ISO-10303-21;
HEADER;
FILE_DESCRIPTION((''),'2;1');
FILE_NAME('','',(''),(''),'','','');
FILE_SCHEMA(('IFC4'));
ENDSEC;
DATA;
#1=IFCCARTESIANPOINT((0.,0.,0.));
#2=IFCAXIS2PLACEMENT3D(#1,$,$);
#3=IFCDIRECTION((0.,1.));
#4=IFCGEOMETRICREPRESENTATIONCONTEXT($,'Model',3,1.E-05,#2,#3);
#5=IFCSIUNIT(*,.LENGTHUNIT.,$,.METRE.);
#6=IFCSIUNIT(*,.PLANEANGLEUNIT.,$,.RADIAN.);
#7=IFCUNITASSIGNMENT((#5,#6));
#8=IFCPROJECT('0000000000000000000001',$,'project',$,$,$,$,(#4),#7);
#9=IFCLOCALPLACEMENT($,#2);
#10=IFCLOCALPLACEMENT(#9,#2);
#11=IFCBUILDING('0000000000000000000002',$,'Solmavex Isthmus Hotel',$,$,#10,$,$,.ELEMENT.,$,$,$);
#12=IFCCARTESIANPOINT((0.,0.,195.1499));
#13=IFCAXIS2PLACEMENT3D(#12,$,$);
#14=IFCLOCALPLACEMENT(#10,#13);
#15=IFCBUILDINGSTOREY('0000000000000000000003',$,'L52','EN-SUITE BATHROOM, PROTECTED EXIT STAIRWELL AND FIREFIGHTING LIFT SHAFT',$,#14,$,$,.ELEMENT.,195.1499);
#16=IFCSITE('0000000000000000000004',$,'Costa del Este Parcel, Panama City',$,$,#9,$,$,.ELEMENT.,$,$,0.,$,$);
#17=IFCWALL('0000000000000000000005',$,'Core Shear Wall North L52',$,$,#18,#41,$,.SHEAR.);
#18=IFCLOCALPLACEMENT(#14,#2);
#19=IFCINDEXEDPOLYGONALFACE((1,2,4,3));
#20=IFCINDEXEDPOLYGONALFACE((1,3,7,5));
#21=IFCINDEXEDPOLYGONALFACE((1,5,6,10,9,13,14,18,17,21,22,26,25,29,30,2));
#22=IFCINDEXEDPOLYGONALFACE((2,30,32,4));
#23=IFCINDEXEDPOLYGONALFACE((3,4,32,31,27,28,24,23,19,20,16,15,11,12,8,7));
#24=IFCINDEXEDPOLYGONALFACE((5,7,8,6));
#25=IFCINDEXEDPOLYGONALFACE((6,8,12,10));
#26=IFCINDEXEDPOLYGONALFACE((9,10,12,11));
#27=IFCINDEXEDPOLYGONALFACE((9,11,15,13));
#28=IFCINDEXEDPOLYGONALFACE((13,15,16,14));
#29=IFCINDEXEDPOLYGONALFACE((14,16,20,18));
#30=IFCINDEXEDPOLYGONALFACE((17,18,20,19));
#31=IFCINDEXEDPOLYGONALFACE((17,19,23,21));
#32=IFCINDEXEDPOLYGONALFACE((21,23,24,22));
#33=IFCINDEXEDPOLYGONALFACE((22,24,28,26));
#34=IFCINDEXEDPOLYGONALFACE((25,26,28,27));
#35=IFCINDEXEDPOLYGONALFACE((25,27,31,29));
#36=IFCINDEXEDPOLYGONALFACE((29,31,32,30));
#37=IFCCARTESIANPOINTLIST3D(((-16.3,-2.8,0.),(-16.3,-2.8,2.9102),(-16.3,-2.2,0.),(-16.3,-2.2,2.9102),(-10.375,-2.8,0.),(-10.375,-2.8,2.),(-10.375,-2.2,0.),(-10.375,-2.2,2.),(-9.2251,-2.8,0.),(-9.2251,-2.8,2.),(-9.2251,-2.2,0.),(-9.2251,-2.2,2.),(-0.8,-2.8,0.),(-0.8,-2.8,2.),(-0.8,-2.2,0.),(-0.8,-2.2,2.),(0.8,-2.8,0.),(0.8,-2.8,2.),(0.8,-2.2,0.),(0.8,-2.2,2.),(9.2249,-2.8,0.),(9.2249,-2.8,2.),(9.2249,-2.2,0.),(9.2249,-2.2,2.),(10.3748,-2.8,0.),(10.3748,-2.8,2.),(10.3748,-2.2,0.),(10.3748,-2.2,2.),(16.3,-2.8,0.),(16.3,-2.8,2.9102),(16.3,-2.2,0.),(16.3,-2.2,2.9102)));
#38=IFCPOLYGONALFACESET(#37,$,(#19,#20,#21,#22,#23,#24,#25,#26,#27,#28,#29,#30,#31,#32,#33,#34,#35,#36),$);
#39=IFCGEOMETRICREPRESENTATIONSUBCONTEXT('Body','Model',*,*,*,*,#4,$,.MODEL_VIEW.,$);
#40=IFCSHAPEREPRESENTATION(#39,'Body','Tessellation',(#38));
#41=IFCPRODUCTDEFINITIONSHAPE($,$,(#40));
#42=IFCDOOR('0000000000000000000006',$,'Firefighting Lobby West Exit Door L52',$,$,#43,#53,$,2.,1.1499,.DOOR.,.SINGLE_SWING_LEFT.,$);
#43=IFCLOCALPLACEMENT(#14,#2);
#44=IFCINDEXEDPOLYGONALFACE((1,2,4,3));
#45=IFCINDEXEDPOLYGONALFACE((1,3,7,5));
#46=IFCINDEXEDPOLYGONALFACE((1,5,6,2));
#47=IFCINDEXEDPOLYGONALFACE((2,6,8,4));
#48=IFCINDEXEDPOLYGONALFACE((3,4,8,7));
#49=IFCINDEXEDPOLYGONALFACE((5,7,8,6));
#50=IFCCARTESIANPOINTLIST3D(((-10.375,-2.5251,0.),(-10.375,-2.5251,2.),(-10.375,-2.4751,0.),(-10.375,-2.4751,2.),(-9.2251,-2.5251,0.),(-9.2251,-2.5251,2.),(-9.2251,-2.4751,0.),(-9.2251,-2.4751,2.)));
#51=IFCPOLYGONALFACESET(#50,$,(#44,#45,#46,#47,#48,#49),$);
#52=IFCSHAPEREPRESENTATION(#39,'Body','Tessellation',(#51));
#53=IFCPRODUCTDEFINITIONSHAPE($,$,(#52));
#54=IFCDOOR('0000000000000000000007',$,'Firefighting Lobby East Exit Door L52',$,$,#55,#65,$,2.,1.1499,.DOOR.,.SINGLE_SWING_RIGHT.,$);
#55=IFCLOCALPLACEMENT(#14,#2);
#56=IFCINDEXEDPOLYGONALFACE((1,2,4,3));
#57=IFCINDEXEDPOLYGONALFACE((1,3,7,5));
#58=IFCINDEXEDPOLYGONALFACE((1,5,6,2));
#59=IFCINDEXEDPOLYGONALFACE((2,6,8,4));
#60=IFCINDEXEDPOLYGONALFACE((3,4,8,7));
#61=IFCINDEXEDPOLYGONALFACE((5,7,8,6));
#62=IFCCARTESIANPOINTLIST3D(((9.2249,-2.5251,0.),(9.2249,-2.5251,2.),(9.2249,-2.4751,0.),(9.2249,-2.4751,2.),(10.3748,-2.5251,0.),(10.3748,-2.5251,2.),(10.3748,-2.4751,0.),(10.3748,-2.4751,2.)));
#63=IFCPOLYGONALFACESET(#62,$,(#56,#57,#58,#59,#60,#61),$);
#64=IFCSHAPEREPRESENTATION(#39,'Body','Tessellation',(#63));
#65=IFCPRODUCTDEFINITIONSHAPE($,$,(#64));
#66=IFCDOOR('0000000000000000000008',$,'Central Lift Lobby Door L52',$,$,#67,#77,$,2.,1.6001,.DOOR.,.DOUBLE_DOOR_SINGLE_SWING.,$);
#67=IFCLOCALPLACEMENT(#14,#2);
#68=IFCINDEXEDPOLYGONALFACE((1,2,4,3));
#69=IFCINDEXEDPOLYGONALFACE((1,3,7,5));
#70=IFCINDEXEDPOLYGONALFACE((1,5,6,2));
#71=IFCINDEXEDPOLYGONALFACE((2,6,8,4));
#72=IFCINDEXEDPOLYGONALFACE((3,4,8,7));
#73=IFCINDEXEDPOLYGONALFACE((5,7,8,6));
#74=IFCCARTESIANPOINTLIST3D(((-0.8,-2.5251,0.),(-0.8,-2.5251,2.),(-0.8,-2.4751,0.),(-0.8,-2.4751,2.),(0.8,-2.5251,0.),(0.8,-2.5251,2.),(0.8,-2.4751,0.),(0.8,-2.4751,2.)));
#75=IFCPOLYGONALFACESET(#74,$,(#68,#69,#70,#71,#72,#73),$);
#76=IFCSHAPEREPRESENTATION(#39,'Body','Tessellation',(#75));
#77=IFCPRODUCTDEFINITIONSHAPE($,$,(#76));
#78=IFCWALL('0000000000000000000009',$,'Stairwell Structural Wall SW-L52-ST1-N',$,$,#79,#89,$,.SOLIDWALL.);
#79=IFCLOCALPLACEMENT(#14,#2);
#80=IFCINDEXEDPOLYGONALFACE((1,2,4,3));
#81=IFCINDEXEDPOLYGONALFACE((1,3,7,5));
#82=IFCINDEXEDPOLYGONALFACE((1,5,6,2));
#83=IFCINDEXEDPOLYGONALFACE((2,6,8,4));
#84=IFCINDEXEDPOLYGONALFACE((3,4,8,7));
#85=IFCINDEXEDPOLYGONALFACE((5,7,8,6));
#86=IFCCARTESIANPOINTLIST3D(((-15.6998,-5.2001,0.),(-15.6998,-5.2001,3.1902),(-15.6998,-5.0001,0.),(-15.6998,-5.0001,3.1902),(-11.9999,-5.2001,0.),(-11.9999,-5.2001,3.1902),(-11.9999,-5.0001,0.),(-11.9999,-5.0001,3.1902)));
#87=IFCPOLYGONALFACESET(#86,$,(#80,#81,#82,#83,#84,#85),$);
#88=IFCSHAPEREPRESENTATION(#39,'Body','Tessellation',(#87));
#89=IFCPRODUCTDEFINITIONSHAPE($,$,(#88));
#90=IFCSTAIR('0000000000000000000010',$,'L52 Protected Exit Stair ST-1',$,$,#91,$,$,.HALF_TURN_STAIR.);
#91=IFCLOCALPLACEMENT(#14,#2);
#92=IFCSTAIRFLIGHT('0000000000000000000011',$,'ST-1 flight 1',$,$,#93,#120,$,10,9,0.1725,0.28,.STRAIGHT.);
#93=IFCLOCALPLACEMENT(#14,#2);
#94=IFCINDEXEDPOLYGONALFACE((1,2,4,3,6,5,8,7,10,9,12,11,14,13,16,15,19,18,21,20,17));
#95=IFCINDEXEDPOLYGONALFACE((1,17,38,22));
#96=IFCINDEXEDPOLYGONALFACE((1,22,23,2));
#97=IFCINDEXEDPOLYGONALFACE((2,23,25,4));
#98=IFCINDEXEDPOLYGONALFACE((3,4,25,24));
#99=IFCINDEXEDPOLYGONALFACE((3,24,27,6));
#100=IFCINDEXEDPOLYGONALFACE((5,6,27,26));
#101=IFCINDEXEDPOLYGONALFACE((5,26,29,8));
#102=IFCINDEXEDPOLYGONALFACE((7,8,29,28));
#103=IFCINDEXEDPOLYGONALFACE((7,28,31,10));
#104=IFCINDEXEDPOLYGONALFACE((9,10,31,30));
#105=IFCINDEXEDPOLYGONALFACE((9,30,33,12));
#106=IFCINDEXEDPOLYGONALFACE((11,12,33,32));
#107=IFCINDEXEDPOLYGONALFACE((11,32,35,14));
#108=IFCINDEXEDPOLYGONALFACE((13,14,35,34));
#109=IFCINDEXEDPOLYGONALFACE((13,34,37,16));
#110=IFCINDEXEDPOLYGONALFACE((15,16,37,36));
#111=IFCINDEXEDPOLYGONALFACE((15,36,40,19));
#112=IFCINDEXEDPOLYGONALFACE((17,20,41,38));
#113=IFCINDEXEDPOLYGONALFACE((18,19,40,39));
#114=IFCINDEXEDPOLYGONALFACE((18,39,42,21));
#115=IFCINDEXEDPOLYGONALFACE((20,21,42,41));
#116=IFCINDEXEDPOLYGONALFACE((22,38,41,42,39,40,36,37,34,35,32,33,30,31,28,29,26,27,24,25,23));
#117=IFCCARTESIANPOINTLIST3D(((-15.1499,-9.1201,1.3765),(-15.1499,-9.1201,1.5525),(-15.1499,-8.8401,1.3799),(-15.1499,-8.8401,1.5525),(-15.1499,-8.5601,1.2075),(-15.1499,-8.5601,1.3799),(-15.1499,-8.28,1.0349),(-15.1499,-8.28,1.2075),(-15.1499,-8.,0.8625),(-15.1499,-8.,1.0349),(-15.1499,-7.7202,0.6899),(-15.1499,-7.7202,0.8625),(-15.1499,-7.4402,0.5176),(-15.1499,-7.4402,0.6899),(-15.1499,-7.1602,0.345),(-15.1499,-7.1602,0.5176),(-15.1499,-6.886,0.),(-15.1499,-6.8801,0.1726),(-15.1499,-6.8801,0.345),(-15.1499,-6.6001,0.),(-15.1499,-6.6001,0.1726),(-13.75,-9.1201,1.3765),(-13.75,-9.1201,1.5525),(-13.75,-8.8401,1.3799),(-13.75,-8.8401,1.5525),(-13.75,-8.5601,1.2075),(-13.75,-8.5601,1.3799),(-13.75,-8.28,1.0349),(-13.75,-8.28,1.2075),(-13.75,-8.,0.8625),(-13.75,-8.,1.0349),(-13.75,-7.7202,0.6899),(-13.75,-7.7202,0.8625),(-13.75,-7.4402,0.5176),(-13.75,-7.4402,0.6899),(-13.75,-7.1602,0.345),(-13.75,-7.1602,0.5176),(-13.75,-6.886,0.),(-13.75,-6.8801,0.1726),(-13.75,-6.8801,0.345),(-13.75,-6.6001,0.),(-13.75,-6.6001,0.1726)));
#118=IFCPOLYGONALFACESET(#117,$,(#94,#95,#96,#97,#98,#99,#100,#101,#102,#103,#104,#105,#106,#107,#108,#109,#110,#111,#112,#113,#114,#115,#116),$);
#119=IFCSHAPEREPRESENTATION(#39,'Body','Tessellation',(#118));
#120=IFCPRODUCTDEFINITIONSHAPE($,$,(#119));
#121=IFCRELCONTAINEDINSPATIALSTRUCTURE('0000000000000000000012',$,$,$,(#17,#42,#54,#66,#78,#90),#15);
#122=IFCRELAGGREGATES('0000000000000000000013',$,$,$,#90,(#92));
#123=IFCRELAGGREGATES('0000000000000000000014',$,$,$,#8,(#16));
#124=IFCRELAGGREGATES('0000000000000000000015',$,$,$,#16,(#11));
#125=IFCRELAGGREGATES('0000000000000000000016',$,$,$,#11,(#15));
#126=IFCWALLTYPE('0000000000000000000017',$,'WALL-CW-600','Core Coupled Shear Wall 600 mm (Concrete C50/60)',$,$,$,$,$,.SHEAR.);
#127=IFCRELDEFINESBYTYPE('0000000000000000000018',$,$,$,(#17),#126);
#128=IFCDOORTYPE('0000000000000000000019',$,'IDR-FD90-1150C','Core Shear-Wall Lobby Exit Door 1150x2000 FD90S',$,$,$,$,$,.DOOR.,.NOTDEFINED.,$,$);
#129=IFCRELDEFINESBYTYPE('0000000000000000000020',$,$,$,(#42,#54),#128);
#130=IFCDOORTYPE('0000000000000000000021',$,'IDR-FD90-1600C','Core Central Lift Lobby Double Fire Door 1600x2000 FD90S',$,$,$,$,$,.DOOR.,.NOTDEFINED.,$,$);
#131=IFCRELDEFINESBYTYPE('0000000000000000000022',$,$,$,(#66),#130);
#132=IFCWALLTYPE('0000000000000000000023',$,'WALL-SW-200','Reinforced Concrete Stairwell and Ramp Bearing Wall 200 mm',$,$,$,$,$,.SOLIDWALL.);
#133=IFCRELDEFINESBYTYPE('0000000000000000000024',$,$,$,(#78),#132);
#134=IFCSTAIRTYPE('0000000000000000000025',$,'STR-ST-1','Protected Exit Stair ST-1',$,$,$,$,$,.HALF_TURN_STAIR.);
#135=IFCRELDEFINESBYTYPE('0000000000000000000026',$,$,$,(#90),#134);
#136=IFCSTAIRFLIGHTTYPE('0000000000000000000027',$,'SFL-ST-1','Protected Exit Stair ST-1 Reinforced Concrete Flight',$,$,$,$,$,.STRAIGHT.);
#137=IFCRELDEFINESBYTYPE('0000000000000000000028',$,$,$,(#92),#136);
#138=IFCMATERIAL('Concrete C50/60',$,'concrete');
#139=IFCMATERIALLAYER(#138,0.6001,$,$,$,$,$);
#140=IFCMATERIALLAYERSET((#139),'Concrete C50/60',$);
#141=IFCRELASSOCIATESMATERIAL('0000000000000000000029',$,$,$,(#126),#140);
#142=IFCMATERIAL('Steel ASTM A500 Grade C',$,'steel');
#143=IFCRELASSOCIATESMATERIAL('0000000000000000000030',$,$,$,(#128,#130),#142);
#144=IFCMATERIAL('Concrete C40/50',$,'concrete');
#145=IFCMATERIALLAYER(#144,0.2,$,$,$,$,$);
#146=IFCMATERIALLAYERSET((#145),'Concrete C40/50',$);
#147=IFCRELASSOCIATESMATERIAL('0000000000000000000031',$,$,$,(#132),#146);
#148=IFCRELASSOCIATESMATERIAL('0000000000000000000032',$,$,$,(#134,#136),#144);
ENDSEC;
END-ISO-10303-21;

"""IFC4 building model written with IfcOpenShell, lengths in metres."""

from ifc_helpers import new_model, si_unit, direction, frame, frame_2d, origin, place, context, subcontext, project, spatial, polyline, rectangle, outline, extrude, material, layer, layer_set, type_object, element, fill, aggregate, save


model = new_model("IFC4")

# Units and contexts
model_context = context("Model", 3, precision=1e-05, world=origin(), true_north=direction((0.0, 1.0)))
body_context = subcontext(model_context, "Body", "Model", "MODEL_VIEW")
ifc_project = project(units=[si_unit("LENGTHUNIT", "METRE"), si_unit("PLANEANGLEUNIT", "RADIAN")], contexts=[model_context])

# Site, building, storey
site_placement = place(None, origin())
site = spatial("IfcSite", under=ifc_project, at=site_placement, Name="Costa del Este Parcel, Panama City", CompositionType="ELEMENT", RefElevation=0.0)
building_placement = place(site_placement, origin())
building = spatial("IfcBuilding", under=site, at=building_placement, Name="Solmavex Isthmus Hotel", CompositionType="ELEMENT")
storey_placement = place(building_placement, frame((0.0, 0.0, 195.1499)))
storey = spatial("IfcBuildingStorey", under=building, at=storey_placement, Name="L52", Description="EN-SUITE BATHROOM, PROTECTED EXIT STAIRWELL AND FIREFIGHTING LIFT SHAFT", CompositionType="ELEMENT", Elevation=195.1499)

# Shared definitions
ifc_material_1 = material(Name="Concrete C50/60", Category="concrete")

# Shared definitions
ifc_material_2 = material(Name="Steel ASTM A500 Grade C", Category="steel")

# Wall, openings, doors
ifc_layer_1 = layer(ifc_material_1, 0.6001)
ifc_layer_set_1 = layer_set([ifc_layer_1], Name="Concrete C50/60")
wall_type_1 = type_object("IfcWallType", Name="WALL-CW-600", Description="Core Coupled Shear Wall 600 mm (Concrete C50/60)", PredefinedType="SHEAR", material=ifc_layer_set_1)
wall_1_placement = place(storey_placement, frame((-16.3, -2.5, 0.0), z_axis=(0.0, 0.0, 1.0), x_axis=(1.0, 0.0, 0.0)))
wall_1 = element("IfcWall", 1, at=wall_1_placement, inside=storey, type_object=wall_type_1, Name="Core Shear Wall North L52", PredefinedType="SHEAR", context=body_context, shape_type="SweptSolid", body=[
    extrude(rectangle(XDim=32.6001, YDim=0.6001, at=frame_2d((16.3, 0.0))), origin(), (0.0, 0.0, 1.0), 2.9102),
])
opening_1_placement = place(wall_1_placement, frame((5.925, 0.0, 0.0)))
opening_1 = element("IfcOpeningElement", 2, at=opening_1_placement, cuts=wall_1, PredefinedType="OPENING", context=body_context, shape_type="SweptSolid", body=[
    extrude(rectangle(XDim=1.1499, YDim=2.0, at=frame_2d((0.575, 1.0))), frame((0.0, 0.3101, 0.0), z_axis=(0.0, -1.0, 0.0), x_axis=(1.0, 0.0, 0.0)), (0.0, 0.0, 1.0), 0.6201),
])
opening_2_placement = place(wall_1_placement, frame((15.5, 0.0, 0.0)))
opening_2 = element("IfcOpeningElement", 3, at=opening_2_placement, cuts=wall_1, PredefinedType="OPENING", context=body_context, shape_type="SweptSolid", body=[
    extrude(rectangle(XDim=1.6001, YDim=2.0, at=frame_2d((0.8, 1.0))), frame((0.0, 0.3101, 0.0), z_axis=(0.0, -1.0, 0.0), x_axis=(1.0, 0.0, 0.0)), (0.0, 0.0, 1.0), 0.6201),
])
opening_3_placement = place(wall_1_placement, frame((25.5249, 0.0, 0.0)))
opening_3 = element("IfcOpeningElement", 4, at=opening_3_placement, cuts=wall_1, PredefinedType="OPENING", context=body_context, shape_type="SweptSolid", body=[
    extrude(rectangle(XDim=1.1499, YDim=2.0, at=frame_2d((0.575, 1.0))), frame((0.0, 0.3101, 0.0), z_axis=(0.0, -1.0, 0.0), x_axis=(1.0, 0.0, 0.0)), (0.0, 0.0, 1.0), 0.6201),
])
door_type_1 = type_object("IfcDoorType", Name="IDR-FD90-1150C", Description="Core Shear-Wall Lobby Exit Door 1150x2000 FD90S", OperationType="NOTDEFINED", PredefinedType="DOOR", material=ifc_material_2)
door_1_placement = place(opening_1_placement, origin())
door_1 = element("IfcDoor", 5, at=door_1_placement, inside=storey, type_object=door_type_1, Name="Firefighting Lobby West Exit Door L52", OperationType="SINGLE_SWING_LEFT", OverallHeight=2.0, OverallWidth=1.1499, PredefinedType="DOOR", context=body_context, shape_type="SweptSolid", body=[
    extrude(rectangle(XDim=1.1499, YDim=2.0, at=frame_2d((0.575, 1.0))), frame((0.0, 0.0249, 0.0), z_axis=(0.0, -1.0, 0.0), x_axis=(1.0, 0.0, 0.0)), (0.0, 0.0, 1.0), 0.05),
])
fill(opening_1, door_1)
door_2_placement = place(opening_3_placement, origin())
door_2 = element("IfcDoor", 6, at=door_2_placement, inside=storey, type_object=door_type_1, Name="Firefighting Lobby East Exit Door L52", OperationType="SINGLE_SWING_RIGHT", OverallHeight=2.0, OverallWidth=1.1499, PredefinedType="DOOR", context=body_context, shape_type="SweptSolid", body=[
    extrude(rectangle(XDim=1.1499, YDim=2.0, at=frame_2d((0.575, 1.0))), frame((0.0, 0.0249, 0.0), z_axis=(0.0, -1.0, 0.0), x_axis=(1.0, 0.0, 0.0)), (0.0, 0.0, 1.0), 0.05),
])
fill(opening_3, door_2)
door_type_2 = type_object("IfcDoorType", Name="IDR-FD90-1600C", Description="Core Central Lift Lobby Double Fire Door 1600x2000 FD90S", OperationType="NOTDEFINED", PredefinedType="DOOR", material=ifc_material_2)
door_3_placement = place(opening_2_placement, origin())
door_3 = element("IfcDoor", 7, at=door_3_placement, inside=storey, type_object=door_type_2, Name="Central Lift Lobby Door L52", OperationType="DOUBLE_DOOR_SINGLE_SWING", OverallHeight=2.0, OverallWidth=1.6001, PredefinedType="DOOR", context=body_context, shape_type="SweptSolid", body=[
    extrude(rectangle(XDim=1.6001, YDim=2.0, at=frame_2d((0.8, 1.0))), frame((0.0, 0.0249, 0.0), z_axis=(0.0, -1.0, 0.0), x_axis=(1.0, 0.0, 0.0)), (0.0, 0.0, 1.0), 0.05),
])
fill(opening_2, door_3)

# Wall
ifc_material_3 = material(Name="Concrete C40/50", Category="concrete")
ifc_layer_2 = layer(ifc_material_3, 0.2)
ifc_layer_set_2 = layer_set([ifc_layer_2], Name="Concrete C40/50")
wall_type_2 = type_object("IfcWallType", Name="WALL-SW-200", Description="Reinforced Concrete Stairwell and Ramp Bearing Wall 200 mm", PredefinedType="SOLIDWALL", material=ifc_layer_set_2)
wall_2_placement = place(storey_placement, frame((-15.7, -5.1001, 0.0), z_axis=(0.0, 0.0, 1.0), x_axis=(1.0, 0.0, 0.0)))
element("IfcWall", 8, at=wall_2_placement, inside=storey, type_object=wall_type_2, Name="Stairwell Structural Wall SW-L52-ST1-N", PredefinedType="SOLIDWALL", context=body_context, shape_type="SweptSolid", body=[
    extrude(rectangle(XDim=3.7, YDim=0.2, at=frame_2d((1.8501, 0.0))), origin(), (0.0, 0.0, 1.0), 3.1902),
])

# Stair, stair flight
stair_type = type_object("IfcStairType", Name="STR-ST-1", Description="Protected Exit Stair ST-1", PredefinedType="HALF_TURN_STAIR", material=ifc_material_3)
stair_placement = place(storey_placement, origin())
stair = element("IfcStair", 9, at=stair_placement, inside=storey, type_object=stair_type, Name="L52 Protected Exit Stair ST-1", PredefinedType="HALF_TURN_STAIR")
stair_flight_type = type_object("IfcStairFlightType", Name="SFL-ST-1", Description="Protected Exit Stair ST-1 Reinforced Concrete Flight", PredefinedType="STRAIGHT", material=ifc_material_3)
stair_flight_placement = place(storey_placement, frame((-14.45, -6.6001, 0.0), z_axis=(0.0, 0.0, 1.0), x_axis=(0.0, -1.0, 0.0)))
stair_flight = element("IfcStairFlight", 10, at=stair_flight_placement, type_object=stair_flight_type, Name="ST-1 flight 1", NumberOfRisers=10, NumberOfTreads=9, PredefinedType="STRAIGHT", RiserHeight=0.1725, TreadLength=0.28, context=body_context, shape_type="SweptSolid", body=[
    extrude(outline(polyline([(0.0, 0.0), (0.0, 0.1726), (0.28, 0.1726), (0.28, 0.345), (0.5601, 0.345), (0.5601, 0.5176), (0.8401, 0.5176), (0.8401, 0.6899), (1.1201, 0.6899), (1.1201, 0.8625), (1.3999, 0.8625), (1.3999, 1.0349), (1.6799, 1.0349), (1.6799, 1.2075), (1.96, 1.2075), (1.96, 1.3799), (2.24, 1.3799), (2.24, 1.5525), (2.52, 1.5525), (2.52, 1.7251), (2.52, 1.3765), (0.2859, 0.0), (0.0, 0.0)])), frame((0.0, 0.7, 0.0), z_axis=(0.0, -1.0, 0.0), x_axis=(1.0, 0.0, 0.0)), (0.0, 0.0, 1.0), 1.3999),
])
aggregate(stair, [stair_flight])

save(model, "model.ifc")
